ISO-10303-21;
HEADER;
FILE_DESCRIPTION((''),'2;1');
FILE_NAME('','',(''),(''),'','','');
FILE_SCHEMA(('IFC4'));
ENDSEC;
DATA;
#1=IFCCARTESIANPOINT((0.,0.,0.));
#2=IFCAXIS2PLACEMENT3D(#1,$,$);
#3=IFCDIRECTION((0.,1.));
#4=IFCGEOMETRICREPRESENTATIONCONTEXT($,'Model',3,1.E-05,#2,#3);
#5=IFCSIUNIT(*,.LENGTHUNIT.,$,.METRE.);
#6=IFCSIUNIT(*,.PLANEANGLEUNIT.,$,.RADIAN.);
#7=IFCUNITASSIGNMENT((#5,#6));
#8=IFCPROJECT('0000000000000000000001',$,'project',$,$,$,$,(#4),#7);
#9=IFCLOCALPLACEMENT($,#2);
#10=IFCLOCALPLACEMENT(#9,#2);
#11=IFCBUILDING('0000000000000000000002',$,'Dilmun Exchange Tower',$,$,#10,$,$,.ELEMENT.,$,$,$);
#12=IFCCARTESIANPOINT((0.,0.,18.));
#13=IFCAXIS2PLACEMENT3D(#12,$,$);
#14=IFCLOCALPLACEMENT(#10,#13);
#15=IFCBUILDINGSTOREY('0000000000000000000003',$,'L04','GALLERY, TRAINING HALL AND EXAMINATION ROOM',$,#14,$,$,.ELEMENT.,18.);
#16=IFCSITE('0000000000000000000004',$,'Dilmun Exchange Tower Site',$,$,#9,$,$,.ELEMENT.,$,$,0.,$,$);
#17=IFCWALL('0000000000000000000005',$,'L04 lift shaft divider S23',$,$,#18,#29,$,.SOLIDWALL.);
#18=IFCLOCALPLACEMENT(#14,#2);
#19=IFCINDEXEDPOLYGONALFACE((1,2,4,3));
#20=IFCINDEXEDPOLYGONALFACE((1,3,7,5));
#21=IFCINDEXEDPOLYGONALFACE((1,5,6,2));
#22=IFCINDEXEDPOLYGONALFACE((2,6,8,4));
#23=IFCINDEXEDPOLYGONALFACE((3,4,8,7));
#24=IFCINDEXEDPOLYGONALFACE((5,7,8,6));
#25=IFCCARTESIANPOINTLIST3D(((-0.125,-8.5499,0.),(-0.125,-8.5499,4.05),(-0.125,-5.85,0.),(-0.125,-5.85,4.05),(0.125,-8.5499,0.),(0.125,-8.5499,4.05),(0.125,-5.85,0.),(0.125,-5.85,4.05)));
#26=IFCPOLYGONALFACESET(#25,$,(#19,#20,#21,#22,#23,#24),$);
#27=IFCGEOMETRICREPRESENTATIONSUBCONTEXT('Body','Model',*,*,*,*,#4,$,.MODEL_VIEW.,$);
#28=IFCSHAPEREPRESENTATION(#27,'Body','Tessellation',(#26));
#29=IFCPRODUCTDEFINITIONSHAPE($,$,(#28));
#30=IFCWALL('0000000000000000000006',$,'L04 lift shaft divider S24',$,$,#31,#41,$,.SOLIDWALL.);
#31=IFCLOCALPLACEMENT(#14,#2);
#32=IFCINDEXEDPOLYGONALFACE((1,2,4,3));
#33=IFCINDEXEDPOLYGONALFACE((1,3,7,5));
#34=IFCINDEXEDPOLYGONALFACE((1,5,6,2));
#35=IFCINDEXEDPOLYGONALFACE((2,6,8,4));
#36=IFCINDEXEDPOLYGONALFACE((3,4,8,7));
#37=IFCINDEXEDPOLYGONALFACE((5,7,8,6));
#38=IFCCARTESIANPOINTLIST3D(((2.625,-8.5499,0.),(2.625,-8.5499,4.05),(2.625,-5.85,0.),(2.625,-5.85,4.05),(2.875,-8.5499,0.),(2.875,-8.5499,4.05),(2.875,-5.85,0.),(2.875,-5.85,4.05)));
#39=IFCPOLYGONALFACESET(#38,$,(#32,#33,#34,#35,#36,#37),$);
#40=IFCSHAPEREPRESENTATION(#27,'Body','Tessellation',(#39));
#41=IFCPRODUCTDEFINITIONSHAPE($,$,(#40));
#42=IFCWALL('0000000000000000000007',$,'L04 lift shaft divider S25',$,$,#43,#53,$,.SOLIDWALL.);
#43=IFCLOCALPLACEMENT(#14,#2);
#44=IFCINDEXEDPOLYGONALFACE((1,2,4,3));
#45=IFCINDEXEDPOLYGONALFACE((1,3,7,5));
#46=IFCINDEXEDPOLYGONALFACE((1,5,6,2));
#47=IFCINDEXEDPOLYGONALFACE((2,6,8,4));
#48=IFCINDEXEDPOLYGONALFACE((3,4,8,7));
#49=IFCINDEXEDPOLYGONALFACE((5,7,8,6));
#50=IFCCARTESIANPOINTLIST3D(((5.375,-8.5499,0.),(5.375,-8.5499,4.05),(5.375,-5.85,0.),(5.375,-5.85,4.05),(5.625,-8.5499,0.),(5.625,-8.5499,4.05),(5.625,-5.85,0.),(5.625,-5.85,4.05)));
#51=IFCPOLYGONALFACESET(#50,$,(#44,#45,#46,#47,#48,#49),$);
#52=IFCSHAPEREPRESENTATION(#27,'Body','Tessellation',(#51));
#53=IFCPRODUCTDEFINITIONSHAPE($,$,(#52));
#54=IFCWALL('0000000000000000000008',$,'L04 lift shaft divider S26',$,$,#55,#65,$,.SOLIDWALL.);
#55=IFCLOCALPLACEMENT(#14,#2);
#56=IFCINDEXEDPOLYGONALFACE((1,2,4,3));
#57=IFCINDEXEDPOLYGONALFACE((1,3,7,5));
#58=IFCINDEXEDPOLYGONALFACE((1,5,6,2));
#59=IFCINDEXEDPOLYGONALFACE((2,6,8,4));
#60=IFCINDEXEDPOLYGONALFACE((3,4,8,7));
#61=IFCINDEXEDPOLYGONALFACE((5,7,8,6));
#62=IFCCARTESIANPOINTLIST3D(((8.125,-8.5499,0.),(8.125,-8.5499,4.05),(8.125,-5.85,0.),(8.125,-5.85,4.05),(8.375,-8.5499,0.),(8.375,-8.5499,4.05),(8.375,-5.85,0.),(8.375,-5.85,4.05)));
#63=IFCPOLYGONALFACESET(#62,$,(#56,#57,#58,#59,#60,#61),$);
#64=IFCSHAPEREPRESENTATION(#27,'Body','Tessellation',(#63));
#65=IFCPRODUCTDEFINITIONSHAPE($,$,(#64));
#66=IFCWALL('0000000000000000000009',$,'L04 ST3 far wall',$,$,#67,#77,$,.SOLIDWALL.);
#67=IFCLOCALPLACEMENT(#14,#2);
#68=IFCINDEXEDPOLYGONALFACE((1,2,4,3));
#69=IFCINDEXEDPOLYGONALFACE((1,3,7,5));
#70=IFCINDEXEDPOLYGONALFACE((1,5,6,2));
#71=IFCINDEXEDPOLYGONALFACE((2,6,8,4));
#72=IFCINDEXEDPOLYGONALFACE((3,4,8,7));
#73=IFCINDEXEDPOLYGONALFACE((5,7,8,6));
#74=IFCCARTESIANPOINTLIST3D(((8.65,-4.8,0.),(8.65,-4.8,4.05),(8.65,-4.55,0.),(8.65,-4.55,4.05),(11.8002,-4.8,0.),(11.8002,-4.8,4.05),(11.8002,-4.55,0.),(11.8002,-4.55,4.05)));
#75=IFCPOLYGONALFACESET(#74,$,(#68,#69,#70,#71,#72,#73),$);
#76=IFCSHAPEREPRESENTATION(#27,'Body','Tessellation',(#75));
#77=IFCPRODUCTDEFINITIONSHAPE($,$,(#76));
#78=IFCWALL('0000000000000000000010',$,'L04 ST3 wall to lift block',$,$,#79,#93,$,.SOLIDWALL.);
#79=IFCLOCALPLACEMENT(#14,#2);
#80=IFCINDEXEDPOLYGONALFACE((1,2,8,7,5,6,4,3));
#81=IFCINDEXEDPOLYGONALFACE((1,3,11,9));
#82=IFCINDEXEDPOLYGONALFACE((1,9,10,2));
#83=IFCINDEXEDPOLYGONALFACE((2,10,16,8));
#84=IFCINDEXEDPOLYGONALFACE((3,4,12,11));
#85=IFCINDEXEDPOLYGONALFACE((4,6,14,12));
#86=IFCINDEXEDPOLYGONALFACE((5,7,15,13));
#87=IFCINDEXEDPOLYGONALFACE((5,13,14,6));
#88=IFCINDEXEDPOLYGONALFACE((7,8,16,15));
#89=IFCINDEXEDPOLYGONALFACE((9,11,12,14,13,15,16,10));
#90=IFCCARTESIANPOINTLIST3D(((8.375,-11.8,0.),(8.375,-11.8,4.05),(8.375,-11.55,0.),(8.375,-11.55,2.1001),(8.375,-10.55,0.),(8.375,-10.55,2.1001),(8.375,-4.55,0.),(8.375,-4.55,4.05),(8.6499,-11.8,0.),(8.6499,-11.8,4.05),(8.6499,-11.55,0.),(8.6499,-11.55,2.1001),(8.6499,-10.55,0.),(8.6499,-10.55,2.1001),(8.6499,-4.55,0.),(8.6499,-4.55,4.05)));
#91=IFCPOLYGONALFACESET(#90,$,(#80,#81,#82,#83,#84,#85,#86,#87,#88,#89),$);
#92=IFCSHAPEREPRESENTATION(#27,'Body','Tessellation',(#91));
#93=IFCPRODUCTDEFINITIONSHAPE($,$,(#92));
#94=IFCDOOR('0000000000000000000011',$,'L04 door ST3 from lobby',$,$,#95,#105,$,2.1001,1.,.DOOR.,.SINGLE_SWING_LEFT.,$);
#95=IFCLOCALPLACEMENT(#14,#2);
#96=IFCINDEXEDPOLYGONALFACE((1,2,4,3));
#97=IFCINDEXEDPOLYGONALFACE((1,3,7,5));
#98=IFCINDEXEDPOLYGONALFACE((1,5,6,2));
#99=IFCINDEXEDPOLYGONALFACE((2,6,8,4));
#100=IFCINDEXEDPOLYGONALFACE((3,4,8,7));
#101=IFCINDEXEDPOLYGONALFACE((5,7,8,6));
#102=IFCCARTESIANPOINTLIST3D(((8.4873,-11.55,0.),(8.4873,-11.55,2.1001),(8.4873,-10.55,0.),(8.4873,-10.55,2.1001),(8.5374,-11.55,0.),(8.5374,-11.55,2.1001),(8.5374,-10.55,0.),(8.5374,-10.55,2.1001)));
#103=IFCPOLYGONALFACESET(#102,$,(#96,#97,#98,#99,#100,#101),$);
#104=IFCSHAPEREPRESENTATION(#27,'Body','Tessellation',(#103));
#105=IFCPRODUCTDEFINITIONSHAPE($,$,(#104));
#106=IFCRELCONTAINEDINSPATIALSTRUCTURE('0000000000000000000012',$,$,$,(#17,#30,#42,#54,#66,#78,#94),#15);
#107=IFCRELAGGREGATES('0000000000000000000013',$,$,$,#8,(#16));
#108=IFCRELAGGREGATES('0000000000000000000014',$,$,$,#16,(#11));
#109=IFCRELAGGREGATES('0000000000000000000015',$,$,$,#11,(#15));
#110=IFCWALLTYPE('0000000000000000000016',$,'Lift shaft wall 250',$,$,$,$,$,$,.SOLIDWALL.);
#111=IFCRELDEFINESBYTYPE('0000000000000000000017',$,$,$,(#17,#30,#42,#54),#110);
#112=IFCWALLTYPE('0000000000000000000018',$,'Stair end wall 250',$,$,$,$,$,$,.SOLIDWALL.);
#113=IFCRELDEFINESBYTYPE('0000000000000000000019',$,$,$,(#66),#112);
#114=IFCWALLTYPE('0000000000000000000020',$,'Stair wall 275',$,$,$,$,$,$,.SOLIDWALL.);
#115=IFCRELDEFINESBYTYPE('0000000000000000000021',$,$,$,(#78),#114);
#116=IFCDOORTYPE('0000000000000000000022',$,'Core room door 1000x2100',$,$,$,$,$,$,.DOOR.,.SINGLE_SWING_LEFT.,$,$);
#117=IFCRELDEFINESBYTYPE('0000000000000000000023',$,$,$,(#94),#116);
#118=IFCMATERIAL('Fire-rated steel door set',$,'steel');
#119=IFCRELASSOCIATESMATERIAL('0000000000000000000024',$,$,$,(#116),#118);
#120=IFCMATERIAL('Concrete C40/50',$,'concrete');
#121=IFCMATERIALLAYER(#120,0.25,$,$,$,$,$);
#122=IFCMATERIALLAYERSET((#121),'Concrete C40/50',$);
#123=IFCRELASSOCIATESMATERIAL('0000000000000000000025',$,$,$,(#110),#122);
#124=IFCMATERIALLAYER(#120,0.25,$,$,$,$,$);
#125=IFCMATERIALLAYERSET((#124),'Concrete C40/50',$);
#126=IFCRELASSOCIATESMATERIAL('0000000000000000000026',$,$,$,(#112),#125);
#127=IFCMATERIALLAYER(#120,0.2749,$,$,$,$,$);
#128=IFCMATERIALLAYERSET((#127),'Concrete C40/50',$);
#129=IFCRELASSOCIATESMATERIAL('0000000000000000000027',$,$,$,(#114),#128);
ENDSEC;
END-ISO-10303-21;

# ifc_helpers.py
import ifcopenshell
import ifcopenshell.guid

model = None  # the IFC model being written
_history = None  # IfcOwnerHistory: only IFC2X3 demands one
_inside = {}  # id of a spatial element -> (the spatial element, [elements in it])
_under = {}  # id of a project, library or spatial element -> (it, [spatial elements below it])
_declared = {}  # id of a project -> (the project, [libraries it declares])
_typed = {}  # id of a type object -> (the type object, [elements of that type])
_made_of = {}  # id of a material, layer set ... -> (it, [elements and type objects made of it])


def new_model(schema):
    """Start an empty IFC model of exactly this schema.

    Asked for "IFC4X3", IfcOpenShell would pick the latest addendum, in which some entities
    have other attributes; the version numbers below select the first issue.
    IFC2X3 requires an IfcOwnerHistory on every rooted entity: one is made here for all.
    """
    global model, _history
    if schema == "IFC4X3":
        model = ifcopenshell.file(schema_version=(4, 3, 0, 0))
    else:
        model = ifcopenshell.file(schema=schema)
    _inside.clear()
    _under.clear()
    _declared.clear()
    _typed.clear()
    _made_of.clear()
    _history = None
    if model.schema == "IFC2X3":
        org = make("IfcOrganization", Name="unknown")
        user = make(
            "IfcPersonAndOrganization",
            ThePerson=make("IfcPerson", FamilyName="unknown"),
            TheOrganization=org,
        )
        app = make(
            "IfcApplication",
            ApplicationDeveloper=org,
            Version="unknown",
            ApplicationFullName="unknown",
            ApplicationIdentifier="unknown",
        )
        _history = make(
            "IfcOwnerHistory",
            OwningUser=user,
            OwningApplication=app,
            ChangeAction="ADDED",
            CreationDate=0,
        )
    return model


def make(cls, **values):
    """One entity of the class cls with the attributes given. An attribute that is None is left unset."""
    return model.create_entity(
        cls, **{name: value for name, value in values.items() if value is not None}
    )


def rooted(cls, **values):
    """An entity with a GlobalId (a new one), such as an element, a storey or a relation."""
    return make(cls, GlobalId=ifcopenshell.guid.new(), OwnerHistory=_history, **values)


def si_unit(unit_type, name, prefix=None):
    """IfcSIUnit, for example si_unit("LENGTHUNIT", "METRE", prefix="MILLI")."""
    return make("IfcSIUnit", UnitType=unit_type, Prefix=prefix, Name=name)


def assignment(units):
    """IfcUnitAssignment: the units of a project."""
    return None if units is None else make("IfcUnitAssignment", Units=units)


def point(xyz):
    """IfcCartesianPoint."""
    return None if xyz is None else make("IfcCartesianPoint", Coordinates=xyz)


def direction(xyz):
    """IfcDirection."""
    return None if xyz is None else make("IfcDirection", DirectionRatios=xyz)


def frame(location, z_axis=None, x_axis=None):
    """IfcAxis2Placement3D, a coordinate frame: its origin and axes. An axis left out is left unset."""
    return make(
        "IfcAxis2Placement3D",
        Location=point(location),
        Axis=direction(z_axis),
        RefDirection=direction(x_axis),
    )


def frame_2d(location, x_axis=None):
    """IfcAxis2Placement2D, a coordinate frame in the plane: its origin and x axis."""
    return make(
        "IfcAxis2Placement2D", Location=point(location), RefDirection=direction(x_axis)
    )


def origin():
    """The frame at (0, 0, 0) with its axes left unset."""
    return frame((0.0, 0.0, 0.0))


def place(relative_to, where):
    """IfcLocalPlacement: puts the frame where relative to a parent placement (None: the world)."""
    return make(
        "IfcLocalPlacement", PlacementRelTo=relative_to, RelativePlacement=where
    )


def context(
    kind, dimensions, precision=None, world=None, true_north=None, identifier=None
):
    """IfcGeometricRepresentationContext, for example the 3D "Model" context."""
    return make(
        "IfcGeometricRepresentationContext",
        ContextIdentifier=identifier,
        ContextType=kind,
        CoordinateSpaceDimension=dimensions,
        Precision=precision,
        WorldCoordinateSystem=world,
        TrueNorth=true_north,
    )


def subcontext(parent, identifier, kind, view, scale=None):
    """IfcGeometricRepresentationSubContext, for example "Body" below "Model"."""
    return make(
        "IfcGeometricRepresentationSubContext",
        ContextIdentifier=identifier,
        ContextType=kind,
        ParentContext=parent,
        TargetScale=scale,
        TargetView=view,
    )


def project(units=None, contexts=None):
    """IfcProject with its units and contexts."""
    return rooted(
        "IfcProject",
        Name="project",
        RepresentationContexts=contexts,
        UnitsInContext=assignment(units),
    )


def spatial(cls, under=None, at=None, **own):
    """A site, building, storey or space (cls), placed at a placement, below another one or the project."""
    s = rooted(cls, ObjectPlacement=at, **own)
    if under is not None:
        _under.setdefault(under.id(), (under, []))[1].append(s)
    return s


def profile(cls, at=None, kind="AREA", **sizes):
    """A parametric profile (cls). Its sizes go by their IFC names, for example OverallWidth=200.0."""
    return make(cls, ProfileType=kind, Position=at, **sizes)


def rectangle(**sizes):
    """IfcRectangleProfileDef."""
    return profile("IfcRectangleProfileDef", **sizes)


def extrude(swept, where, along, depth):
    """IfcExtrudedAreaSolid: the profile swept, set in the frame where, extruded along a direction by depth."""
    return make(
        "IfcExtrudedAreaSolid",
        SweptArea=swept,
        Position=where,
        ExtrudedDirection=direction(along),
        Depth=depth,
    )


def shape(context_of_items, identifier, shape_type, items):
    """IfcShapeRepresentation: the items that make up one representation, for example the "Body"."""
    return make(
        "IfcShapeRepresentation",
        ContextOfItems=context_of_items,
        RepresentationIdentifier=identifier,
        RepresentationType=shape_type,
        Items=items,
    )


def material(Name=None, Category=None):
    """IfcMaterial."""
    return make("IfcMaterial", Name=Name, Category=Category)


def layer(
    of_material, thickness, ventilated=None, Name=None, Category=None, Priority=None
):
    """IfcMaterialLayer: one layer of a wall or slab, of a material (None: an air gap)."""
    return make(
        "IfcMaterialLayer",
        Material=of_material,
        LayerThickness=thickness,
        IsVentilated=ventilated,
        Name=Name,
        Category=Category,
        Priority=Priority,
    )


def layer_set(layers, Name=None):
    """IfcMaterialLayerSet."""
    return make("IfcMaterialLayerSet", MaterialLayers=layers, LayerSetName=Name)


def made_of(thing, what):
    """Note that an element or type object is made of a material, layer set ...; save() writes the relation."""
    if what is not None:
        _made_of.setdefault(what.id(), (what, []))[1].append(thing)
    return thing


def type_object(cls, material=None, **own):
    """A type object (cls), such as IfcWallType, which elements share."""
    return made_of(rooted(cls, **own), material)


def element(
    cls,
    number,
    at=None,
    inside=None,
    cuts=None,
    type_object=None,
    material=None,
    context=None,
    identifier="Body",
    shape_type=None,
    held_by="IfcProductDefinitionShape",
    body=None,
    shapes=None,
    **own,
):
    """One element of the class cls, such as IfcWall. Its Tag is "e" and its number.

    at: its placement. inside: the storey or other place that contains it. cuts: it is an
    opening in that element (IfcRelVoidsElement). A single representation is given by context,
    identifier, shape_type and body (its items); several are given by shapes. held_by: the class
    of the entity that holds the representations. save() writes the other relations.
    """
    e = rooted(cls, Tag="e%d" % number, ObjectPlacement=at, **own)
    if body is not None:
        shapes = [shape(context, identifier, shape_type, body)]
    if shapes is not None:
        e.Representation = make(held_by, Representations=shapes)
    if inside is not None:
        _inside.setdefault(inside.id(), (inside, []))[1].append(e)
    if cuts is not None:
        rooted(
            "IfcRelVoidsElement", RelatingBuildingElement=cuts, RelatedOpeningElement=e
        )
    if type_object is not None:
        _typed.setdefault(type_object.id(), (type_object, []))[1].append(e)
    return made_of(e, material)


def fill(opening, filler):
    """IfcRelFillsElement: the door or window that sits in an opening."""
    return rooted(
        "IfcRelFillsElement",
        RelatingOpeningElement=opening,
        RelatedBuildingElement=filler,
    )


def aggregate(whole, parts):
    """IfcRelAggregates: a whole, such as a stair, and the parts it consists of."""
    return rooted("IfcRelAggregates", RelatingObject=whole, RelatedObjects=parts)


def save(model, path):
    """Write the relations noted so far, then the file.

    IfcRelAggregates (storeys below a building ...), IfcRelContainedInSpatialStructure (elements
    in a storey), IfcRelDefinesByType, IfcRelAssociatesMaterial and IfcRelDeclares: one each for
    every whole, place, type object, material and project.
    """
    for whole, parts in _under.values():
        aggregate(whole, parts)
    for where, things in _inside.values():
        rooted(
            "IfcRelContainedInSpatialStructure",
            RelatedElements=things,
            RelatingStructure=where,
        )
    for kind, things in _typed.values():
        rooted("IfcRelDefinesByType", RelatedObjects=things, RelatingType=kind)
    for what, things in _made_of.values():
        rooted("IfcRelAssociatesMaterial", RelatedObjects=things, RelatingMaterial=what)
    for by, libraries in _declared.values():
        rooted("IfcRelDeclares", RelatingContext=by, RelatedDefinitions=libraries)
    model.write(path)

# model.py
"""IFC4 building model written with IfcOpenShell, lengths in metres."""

from ifc_helpers import new_model, si_unit, direction, frame, frame_2d, origin, place, context, subcontext, project, spatial, rectangle, extrude, material, layer, layer_set, type_object, element, fill, save


model = new_model("IFC4")

# Units and contexts
model_context = context("Model", 3, precision=1e-05, world=origin(), true_north=direction((0.0, 1.0)))
body_context = subcontext(model_context, "Body", "Model", "MODEL_VIEW")
ifc_project = project(units=[si_unit("LENGTHUNIT", "METRE"), si_unit("PLANEANGLEUNIT", "RADIAN")], contexts=[model_context])

# Site, building, storey
site_placement = place(None, origin())
site = spatial("IfcSite", under=ifc_project, at=site_placement, Name="Dilmun Exchange Tower Site", CompositionType="ELEMENT", RefElevation=0.0)
building_placement = place(site_placement, origin())
building = spatial("IfcBuilding", under=site, at=building_placement, Name="Dilmun Exchange Tower", CompositionType="ELEMENT")
storey_placement = place(building_placement, frame((0.0, 0.0, 18.0)))
storey = spatial("IfcBuildingStorey", under=building, at=storey_placement, Name="L04", Description="GALLERY, TRAINING HALL AND EXAMINATION ROOM", CompositionType="ELEMENT", Elevation=18.0)

# Shared definitions
ifc_material_1 = material(Name="Concrete C40/50", Category="concrete")

# Shared definitions
ifc_material_2 = material(Name="Fire-rated steel door set", Category="steel")

# Shared definitions
door_type_1 = type_object("IfcDoorType", Name="Core room door 1000x2100", OperationType="SINGLE_SWING_LEFT", PredefinedType="DOOR", material=ifc_material_2)

# Walls
ifc_layer_1 = layer(ifc_material_1, 0.25)
ifc_layer_set_1 = layer_set([ifc_layer_1], Name="Concrete C40/50")
wall_type_1 = type_object("IfcWallType", Name="Lift shaft wall 250", PredefinedType="SOLIDWALL", material=ifc_layer_set_1)
for number, where, z_axis, x_axis, name in (
    (1, (0.0, -8.55, 0.0), (0.0, 0.0, 1.0), (0.0, 1.0, 0.0), "L04 lift shaft divider S23"),
    (2, (2.75, -8.55, 0.0), (0.0, 0.0, 1.0), (0.0, 1.0, 0.0), "L04 lift shaft divider S24"),
    (3, (5.5, -8.55, 0.0), (0.0, 0.0, 1.0), (0.0, 1.0, 0.0), "L04 lift shaft divider S25"),
    (4, (8.25, -8.55, 0.0), (0.0, 0.0, 1.0), (0.0, 1.0, 0.0), "L04 lift shaft divider S26"),
):
    element("IfcWall", number, at=place(storey_placement, frame(where, z_axis=z_axis, x_axis=x_axis)), inside=storey, type_object=wall_type_1, Name=name, PredefinedType="SOLIDWALL", context=body_context, shape_type="SweptSolid", body=[
        extrude(rectangle(XDim=2.7, YDim=0.25, at=frame_2d((1.3501, 0.0))), origin(), (0.0, 0.0, 1.0), 4.05),
    ])
ifc_layer_2 = layer(ifc_material_1, 0.25)
ifc_layer_set_2 = layer_set([ifc_layer_2], Name="Concrete C40/50")
wall_type_2 = type_object("IfcWallType", Name="Stair end wall 250", PredefinedType="SOLIDWALL", material=ifc_layer_set_2)
wall_1_placement = place(storey_placement, frame((8.6499, -4.675, 0.0), z_axis=(0.0, 0.0, 1.0), x_axis=(1.0, 0.0, 0.0)))
element("IfcWall", 5, at=wall_1_placement, inside=storey, type_object=wall_type_2, Name="L04 ST3 far wall", PredefinedType="SOLIDWALL", context=body_context, shape_type="SweptSolid", body=[
    extrude(rectangle(XDim=3.1501, YDim=0.25, at=frame_2d((1.5752, 0.0))), origin(), (0.0, 0.0, 1.0), 4.05),
])

# Wall, opening, door
ifc_layer_3 = layer(ifc_material_1, 0.2749)
ifc_layer_set_3 = layer_set([ifc_layer_3], Name="Concrete C40/50")
wall_type_3 = type_object("IfcWallType", Name="Stair wall 275", PredefinedType="SOLIDWALL", material=ifc_layer_set_3)
wall_2_placement = place(storey_placement, frame((8.5125, -4.55, 0.0), z_axis=(0.0, 0.0, 1.0), x_axis=(0.0, -1.0, 0.0)))
wall_2 = element("IfcWall", 6, at=wall_2_placement, inside=storey, type_object=wall_type_3, Name="L04 ST3 wall to lift block", PredefinedType="SOLIDWALL", context=body_context, shape_type="SweptSolid", body=[
    extrude(rectangle(XDim=7.25, YDim=0.2749, at=frame_2d((3.625, 0.0))), origin(), (0.0, 0.0, 1.0), 4.05),
])
opening_1_placement = place(wall_2_placement, frame((6.0, 0.0, 0.0)))
opening_1 = element("IfcOpeningElement", 7, at=opening_1_placement, cuts=wall_2, PredefinedType="OPENING", context=body_context, shape_type="SweptSolid", body=[
    extrude(rectangle(XDim=1.0, YDim=2.1001, at=frame_2d((0.5, 1.05))), frame((0.0, 0.1475, 0.0), z_axis=(0.0, -1.0, 0.0), x_axis=(1.0, 0.0, 0.0)), (0.0, 0.0, 1.0), 0.2949),
])
door_1_placement = place(opening_1_placement, origin())
door_1 = element("IfcDoor", 8, at=door_1_placement, inside=storey, type_object=door_type_1, Name="L04 door ST3 from lobby", OperationType="SINGLE_SWING_LEFT", OverallHeight=2.1001, OverallWidth=1.0, PredefinedType="DOOR", context=body_context, shape_type="SweptSolid", body=[
    extrude(rectangle(XDim=1.0, YDim=2.1001, at=frame_2d((0.5, 1.05))), frame((0.0, 0.0249, 0.0), z_axis=(0.0, -1.0, 0.0), x_axis=(1.0, 0.0, 0.0)), (0.0, 0.0, 1.0), 0.05),
])
fill(opening_1, door_1)

save(model, "model.ifc")
